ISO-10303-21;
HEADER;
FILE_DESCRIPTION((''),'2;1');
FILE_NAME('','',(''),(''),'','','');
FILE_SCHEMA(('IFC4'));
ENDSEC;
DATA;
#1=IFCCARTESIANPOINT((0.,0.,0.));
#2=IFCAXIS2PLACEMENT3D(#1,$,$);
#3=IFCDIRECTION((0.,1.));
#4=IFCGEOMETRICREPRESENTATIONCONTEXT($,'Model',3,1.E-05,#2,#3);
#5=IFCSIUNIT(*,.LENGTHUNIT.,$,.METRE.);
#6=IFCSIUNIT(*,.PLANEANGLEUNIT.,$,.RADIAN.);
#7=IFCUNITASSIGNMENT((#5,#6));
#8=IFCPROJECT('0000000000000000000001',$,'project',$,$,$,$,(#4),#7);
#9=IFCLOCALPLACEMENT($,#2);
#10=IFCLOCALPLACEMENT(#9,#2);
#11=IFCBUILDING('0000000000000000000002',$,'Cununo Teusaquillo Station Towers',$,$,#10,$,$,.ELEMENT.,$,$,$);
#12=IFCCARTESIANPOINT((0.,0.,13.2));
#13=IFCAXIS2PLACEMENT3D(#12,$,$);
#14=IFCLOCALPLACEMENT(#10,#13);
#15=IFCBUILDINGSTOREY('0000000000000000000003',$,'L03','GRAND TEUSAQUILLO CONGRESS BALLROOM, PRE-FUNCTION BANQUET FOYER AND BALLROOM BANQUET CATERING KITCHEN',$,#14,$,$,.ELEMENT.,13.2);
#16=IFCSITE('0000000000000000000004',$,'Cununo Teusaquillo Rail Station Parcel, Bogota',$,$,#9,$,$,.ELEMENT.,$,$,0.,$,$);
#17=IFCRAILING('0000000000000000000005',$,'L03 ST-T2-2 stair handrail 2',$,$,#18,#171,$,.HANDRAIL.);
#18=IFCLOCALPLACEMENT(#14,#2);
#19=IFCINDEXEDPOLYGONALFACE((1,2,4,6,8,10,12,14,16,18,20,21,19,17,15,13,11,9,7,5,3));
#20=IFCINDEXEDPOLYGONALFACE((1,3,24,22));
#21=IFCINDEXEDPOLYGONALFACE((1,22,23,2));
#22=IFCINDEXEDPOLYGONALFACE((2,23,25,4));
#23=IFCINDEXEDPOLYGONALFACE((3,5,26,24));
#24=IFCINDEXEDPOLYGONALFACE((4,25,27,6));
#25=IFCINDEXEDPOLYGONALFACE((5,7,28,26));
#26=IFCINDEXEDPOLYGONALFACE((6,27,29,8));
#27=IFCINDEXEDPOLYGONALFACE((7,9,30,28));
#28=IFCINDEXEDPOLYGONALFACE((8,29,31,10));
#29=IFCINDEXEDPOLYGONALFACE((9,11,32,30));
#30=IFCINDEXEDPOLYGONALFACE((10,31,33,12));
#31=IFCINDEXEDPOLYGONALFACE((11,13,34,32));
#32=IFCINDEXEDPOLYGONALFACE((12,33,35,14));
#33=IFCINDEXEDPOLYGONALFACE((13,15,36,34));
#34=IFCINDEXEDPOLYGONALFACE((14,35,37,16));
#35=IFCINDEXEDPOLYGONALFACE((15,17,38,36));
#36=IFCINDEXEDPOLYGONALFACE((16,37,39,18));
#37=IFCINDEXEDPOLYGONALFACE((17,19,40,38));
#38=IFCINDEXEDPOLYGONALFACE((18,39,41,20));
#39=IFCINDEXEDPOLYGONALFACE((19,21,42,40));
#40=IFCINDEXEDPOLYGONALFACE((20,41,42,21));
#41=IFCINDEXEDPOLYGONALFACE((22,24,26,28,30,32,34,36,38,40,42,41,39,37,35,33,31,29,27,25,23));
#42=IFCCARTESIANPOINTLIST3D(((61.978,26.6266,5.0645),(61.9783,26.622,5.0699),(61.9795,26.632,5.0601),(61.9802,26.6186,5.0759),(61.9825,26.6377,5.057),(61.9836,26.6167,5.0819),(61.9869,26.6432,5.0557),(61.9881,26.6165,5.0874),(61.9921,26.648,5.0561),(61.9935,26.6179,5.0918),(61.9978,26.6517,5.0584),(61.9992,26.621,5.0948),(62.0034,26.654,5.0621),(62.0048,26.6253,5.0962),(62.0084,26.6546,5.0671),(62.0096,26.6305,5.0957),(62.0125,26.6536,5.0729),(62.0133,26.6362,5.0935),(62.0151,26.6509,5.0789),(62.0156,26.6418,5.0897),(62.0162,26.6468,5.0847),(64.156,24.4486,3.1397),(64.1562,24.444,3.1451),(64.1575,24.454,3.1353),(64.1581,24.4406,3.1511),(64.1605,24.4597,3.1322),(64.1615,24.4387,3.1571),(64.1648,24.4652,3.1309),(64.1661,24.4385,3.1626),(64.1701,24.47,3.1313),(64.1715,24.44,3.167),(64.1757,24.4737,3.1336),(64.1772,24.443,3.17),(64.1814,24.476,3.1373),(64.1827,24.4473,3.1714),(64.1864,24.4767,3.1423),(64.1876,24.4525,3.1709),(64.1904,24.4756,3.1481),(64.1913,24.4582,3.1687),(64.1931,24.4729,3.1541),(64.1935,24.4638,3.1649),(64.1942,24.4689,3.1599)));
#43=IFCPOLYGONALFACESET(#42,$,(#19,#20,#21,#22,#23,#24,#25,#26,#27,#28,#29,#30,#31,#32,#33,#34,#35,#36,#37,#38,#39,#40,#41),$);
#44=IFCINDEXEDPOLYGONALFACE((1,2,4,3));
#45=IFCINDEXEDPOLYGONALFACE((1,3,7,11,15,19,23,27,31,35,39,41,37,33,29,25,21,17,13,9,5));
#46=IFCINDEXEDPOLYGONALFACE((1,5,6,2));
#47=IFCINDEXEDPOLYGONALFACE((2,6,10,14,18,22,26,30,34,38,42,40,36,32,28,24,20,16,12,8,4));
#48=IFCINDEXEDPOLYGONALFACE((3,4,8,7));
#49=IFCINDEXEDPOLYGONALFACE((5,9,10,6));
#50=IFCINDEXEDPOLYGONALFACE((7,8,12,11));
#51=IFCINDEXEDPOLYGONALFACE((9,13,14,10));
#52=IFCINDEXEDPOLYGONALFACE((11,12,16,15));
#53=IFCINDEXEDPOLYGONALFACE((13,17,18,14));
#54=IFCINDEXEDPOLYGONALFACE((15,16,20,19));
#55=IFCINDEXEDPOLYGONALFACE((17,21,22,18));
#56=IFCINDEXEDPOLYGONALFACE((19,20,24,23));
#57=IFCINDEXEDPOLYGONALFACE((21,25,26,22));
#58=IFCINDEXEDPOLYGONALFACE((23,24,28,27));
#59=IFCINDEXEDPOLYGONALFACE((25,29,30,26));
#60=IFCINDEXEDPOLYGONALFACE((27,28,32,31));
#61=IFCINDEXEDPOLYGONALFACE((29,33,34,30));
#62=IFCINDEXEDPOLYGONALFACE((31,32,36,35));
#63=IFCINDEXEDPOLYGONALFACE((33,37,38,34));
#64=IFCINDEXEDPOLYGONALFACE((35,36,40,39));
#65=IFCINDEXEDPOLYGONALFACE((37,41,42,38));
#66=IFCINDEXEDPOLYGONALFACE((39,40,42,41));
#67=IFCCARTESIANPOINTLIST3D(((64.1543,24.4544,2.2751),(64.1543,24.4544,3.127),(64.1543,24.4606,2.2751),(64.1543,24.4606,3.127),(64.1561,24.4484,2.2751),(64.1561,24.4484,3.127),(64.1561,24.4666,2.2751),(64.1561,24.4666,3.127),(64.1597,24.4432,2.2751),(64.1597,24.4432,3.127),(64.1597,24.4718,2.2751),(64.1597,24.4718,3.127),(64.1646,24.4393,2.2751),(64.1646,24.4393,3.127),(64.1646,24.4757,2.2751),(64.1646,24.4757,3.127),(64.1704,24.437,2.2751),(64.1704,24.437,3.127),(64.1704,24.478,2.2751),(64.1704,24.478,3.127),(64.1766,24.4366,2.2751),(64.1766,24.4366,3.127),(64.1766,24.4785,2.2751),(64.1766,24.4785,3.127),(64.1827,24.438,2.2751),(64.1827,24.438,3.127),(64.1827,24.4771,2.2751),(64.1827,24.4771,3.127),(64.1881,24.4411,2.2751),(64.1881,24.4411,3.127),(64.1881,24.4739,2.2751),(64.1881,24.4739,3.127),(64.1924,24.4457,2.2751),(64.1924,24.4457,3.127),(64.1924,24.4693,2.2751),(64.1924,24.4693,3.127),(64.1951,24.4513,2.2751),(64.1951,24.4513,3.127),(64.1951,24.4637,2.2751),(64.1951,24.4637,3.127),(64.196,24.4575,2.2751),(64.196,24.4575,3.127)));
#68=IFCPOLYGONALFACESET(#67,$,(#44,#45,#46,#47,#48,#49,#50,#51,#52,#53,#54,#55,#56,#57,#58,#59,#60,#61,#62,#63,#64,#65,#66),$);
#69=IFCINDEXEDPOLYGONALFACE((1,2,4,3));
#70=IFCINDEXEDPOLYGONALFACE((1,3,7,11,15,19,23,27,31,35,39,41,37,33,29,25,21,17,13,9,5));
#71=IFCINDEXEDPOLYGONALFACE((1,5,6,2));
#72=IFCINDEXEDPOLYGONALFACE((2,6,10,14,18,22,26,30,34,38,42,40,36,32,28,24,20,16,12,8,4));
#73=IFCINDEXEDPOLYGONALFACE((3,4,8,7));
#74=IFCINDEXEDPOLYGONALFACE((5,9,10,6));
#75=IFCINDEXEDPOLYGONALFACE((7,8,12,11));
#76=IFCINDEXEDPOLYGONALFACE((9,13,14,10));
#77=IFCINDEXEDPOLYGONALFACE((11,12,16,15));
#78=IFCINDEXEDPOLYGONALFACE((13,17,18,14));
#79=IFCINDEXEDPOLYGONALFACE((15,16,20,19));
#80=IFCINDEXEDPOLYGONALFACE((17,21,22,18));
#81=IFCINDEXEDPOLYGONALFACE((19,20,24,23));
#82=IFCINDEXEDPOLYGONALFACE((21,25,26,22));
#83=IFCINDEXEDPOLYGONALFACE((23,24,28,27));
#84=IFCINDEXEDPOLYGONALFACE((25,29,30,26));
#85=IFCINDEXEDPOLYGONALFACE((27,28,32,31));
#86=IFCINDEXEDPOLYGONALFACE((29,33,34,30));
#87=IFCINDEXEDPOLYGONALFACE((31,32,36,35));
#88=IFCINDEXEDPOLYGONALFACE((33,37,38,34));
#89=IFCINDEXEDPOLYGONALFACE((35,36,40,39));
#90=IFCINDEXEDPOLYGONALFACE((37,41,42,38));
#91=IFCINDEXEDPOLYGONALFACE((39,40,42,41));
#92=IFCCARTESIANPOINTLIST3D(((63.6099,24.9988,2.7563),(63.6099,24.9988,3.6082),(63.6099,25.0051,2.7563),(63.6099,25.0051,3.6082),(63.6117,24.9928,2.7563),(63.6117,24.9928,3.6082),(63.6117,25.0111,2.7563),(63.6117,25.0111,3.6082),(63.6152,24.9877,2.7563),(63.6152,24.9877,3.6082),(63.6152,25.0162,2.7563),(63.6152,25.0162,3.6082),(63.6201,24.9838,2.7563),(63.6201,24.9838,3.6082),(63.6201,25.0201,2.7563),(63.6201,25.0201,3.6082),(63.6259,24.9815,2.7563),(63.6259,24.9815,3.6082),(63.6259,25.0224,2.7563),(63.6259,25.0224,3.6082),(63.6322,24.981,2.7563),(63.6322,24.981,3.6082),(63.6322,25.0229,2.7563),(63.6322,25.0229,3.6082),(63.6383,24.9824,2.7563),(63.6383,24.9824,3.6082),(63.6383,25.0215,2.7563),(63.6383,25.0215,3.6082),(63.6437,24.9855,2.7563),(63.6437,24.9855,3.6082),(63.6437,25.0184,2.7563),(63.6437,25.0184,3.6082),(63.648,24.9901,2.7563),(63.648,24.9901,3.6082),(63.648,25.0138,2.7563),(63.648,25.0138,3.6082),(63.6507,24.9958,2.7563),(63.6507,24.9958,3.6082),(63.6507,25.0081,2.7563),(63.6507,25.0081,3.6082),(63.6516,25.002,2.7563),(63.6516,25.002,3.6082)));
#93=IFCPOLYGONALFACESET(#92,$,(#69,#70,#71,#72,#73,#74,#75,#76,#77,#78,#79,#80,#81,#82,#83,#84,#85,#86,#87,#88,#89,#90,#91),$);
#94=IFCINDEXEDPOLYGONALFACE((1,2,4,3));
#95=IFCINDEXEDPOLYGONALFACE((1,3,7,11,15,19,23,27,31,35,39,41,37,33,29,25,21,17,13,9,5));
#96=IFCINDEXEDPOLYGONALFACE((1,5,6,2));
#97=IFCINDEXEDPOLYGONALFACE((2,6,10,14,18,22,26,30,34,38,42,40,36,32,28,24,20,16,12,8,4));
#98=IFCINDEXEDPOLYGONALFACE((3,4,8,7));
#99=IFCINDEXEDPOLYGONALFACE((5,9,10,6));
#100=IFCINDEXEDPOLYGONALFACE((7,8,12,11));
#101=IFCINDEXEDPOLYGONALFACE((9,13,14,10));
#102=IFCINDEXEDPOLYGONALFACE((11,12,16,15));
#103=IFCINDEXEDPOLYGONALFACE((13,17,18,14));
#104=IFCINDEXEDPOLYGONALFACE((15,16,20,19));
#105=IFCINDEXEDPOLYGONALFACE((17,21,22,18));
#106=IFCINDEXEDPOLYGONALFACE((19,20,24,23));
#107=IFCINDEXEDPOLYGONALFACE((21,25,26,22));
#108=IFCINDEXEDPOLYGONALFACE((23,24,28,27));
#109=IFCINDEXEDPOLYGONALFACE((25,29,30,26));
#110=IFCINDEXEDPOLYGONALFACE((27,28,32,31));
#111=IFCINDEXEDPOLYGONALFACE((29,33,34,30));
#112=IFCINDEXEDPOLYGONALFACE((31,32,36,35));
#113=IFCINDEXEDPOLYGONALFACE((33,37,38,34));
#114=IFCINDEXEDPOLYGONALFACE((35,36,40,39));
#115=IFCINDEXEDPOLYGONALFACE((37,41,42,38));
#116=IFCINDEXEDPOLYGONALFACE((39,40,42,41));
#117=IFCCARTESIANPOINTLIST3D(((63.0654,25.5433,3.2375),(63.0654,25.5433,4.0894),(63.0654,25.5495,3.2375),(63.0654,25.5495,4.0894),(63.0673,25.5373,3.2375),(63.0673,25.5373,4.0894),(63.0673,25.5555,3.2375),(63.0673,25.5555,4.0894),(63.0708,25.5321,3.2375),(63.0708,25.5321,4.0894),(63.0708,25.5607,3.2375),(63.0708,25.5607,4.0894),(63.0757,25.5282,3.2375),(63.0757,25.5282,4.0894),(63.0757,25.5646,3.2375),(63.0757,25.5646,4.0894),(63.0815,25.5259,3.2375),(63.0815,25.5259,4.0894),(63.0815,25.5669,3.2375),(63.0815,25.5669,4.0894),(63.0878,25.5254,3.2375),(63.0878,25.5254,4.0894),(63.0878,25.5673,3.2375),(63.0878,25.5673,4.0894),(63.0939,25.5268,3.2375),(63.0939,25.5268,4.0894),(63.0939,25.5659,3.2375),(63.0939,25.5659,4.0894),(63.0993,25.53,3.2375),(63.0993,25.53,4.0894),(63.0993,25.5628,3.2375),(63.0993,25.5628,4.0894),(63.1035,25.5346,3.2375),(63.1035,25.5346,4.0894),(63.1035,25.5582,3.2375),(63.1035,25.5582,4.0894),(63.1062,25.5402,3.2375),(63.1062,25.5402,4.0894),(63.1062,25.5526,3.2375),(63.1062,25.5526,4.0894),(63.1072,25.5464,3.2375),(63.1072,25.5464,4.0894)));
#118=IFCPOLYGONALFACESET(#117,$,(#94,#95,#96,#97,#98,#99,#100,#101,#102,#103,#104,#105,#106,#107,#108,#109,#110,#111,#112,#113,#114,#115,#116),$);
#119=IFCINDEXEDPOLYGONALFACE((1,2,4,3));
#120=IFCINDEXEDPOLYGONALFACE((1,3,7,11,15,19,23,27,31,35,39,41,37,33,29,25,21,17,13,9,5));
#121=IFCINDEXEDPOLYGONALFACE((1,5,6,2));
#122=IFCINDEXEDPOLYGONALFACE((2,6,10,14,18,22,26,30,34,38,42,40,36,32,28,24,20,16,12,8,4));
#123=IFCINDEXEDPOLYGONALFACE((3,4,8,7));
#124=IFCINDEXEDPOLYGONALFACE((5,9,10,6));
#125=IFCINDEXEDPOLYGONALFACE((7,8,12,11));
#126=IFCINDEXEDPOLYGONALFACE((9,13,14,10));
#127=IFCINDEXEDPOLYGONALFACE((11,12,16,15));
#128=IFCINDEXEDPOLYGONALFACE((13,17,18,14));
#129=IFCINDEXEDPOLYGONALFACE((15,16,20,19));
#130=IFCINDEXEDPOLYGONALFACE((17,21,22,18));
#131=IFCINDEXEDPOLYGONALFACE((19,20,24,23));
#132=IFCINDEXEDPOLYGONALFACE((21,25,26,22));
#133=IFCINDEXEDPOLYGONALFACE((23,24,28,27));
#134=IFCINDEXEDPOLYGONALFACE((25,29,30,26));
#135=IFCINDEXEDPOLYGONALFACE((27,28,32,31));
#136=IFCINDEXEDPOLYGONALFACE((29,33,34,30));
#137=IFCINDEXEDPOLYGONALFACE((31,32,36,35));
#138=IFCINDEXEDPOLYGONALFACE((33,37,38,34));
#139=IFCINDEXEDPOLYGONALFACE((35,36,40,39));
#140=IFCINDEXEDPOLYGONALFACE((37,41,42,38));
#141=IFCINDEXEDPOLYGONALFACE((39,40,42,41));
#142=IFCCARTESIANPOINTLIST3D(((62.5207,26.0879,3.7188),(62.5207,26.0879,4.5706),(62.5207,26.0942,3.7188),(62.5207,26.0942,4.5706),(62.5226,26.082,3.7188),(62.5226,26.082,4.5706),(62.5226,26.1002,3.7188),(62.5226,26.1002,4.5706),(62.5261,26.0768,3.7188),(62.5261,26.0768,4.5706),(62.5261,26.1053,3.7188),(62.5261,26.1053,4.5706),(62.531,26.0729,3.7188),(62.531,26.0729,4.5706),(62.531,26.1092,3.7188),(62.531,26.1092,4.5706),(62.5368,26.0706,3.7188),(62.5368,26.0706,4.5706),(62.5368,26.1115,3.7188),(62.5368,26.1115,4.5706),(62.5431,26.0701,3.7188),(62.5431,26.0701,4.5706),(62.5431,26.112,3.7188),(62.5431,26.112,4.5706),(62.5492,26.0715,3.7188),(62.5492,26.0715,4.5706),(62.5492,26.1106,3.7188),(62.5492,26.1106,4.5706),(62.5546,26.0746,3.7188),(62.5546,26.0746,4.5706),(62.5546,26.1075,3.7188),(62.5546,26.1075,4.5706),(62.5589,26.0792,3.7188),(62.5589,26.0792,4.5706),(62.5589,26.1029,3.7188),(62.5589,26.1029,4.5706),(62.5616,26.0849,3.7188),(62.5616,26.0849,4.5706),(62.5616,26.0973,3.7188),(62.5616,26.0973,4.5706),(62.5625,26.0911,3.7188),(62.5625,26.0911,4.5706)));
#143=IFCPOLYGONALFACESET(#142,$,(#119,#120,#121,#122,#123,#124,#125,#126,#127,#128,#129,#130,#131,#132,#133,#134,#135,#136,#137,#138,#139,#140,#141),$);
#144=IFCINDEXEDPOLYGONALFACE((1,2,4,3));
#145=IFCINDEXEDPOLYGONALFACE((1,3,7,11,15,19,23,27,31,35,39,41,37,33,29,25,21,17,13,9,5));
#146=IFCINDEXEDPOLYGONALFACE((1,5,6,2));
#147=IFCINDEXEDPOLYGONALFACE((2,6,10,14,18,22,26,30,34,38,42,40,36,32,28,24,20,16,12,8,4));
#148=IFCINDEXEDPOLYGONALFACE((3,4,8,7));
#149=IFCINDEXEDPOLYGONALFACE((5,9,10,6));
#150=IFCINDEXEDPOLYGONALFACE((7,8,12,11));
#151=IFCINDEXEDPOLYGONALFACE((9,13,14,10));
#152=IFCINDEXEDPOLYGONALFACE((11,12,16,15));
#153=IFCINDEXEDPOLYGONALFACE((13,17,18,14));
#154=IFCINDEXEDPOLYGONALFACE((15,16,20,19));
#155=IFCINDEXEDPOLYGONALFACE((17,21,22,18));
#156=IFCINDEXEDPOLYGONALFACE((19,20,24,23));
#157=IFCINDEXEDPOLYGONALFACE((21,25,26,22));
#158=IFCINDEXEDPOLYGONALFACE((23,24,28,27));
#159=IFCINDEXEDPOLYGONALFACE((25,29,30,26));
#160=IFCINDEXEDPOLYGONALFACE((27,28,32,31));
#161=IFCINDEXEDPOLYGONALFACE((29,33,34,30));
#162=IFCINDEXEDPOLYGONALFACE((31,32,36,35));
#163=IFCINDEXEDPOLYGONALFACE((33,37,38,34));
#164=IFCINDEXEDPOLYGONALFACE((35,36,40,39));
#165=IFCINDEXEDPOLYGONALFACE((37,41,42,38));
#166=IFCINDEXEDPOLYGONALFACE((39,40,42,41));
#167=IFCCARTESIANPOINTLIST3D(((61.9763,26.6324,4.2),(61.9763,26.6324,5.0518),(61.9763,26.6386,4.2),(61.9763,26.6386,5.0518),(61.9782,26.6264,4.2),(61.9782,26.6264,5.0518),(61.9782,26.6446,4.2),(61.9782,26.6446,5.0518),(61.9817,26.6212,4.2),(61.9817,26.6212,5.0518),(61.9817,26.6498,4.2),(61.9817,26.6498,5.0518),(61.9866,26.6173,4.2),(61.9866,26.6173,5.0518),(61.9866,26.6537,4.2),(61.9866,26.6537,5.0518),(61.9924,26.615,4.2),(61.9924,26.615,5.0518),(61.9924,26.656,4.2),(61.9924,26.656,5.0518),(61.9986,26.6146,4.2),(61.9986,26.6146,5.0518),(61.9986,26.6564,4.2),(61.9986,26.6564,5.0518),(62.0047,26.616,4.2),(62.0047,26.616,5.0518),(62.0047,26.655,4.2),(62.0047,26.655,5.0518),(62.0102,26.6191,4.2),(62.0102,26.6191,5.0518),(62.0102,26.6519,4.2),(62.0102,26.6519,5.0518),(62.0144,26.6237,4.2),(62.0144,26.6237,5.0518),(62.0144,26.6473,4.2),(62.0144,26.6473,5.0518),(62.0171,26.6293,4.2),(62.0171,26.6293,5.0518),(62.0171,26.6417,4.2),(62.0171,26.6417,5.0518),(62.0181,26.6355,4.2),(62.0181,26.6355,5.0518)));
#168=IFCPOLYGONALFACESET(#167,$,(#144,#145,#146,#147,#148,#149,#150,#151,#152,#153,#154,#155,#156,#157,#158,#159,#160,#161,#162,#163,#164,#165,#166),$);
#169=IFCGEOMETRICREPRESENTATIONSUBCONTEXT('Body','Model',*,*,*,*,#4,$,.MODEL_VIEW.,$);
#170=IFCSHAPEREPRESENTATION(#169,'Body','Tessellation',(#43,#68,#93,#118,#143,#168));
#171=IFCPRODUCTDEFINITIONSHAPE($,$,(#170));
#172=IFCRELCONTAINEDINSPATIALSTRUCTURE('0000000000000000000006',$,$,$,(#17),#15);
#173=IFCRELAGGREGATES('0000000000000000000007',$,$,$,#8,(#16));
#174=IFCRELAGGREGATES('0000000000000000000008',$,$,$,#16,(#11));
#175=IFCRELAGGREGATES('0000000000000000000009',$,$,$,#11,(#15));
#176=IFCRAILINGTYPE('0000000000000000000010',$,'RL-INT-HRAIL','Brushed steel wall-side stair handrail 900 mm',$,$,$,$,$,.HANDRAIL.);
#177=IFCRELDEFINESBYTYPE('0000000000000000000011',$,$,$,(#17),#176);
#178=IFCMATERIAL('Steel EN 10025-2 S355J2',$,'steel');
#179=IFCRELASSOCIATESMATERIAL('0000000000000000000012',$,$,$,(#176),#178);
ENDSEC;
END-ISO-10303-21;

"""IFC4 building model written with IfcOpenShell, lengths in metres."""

from ifc_helpers import new_model, si_unit, direction, frame, origin, origin_2d, place, context, subcontext, project, spatial, circle, extrude, material, type_object, element, save


model = new_model("IFC4")

# Units and contexts
model_context = context("Model", 3, precision=1e-05, world=origin(), true_north=direction((0.0, 1.0)))
body_context = subcontext(model_context, "Body", "Model", "MODEL_VIEW")
ifc_project = project(units=[si_unit("LENGTHUNIT", "METRE"), si_unit("PLANEANGLEUNIT", "RADIAN")], contexts=[model_context])

# Site, building, storey
site_placement = place(None, origin())
site = spatial("IfcSite", under=ifc_project, at=site_placement, Name="Cununo Teusaquillo Rail Station Parcel, Bogota", CompositionType="ELEMENT", RefElevation=0.0)
building_placement = place(site_placement, origin())
building = spatial("IfcBuilding", under=site, at=building_placement, Name="Cununo Teusaquillo Station Towers", CompositionType="ELEMENT")
storey_placement = place(building_placement, frame((0.0, 0.0, 13.2)))
storey = spatial("IfcBuildingStorey", under=building, at=storey_placement, Name="L03", Description="GRAND TEUSAQUILLO CONGRESS BALLROOM, PRE-FUNCTION BANQUET FOYER AND BALLROOM BANQUET CATERING KITCHEN", CompositionType="ELEMENT", Elevation=13.2)

# Railing
ifc_material_1 = material(Name="Steel EN 10025-2 S355J2", Category="steel")
railing_type_1 = type_object("IfcRailingType", Name="RL-INT-HRAIL", Description="Brushed steel wall-side stair handrail 900 mm", PredefinedType="HANDRAIL", material=ifc_material_1)
railing_1_placement = place(storey_placement, frame((64.175, 24.4575, 2.2751)))
element("IfcRailing", 1, at=railing_1_placement, inside=storey, type_object=railing_type_1, Name="L03 ST-T2-2 stair handrail 2", PredefinedType="HANDRAIL", context=body_context, shape_type="SweptSolid", body=[
    extrude(circle(Radius=0.0239, at=origin_2d()), frame((0.0, 0.0, 0.876), z_axis=(-0.599649, 0.599649, 0.529945), x_axis=(-0.707107, -0.707107, 0.0)), (0.0, 0.0, 1.0), 3.6321),
    extrude(circle(Radius=0.021, at=origin_2d()), origin(), (0.0, 0.0, 1.0), 0.8518),
    extrude(circle(Radius=0.021, at=origin_2d()), frame((-0.5444, 0.5444, 0.4812)), (0.0, 0.0, 1.0), 0.8518),
    extrude(circle(Radius=0.021, at=origin_2d()), frame((-1.0889, 1.0889, 0.9624)), (0.0, 0.0, 1.0), 0.8518),
    extrude(circle(Radius=0.021, at=origin_2d()), frame((-1.6335, 1.6335, 1.4436)), (0.0, 0.0, 1.0), 0.8518),
    extrude(circle(Radius=0.021, at=origin_2d()), frame((-2.178, 2.178, 1.9248)), (0.0, 0.0, 1.0), 0.8518),
])

save(model, "model.ifc")
